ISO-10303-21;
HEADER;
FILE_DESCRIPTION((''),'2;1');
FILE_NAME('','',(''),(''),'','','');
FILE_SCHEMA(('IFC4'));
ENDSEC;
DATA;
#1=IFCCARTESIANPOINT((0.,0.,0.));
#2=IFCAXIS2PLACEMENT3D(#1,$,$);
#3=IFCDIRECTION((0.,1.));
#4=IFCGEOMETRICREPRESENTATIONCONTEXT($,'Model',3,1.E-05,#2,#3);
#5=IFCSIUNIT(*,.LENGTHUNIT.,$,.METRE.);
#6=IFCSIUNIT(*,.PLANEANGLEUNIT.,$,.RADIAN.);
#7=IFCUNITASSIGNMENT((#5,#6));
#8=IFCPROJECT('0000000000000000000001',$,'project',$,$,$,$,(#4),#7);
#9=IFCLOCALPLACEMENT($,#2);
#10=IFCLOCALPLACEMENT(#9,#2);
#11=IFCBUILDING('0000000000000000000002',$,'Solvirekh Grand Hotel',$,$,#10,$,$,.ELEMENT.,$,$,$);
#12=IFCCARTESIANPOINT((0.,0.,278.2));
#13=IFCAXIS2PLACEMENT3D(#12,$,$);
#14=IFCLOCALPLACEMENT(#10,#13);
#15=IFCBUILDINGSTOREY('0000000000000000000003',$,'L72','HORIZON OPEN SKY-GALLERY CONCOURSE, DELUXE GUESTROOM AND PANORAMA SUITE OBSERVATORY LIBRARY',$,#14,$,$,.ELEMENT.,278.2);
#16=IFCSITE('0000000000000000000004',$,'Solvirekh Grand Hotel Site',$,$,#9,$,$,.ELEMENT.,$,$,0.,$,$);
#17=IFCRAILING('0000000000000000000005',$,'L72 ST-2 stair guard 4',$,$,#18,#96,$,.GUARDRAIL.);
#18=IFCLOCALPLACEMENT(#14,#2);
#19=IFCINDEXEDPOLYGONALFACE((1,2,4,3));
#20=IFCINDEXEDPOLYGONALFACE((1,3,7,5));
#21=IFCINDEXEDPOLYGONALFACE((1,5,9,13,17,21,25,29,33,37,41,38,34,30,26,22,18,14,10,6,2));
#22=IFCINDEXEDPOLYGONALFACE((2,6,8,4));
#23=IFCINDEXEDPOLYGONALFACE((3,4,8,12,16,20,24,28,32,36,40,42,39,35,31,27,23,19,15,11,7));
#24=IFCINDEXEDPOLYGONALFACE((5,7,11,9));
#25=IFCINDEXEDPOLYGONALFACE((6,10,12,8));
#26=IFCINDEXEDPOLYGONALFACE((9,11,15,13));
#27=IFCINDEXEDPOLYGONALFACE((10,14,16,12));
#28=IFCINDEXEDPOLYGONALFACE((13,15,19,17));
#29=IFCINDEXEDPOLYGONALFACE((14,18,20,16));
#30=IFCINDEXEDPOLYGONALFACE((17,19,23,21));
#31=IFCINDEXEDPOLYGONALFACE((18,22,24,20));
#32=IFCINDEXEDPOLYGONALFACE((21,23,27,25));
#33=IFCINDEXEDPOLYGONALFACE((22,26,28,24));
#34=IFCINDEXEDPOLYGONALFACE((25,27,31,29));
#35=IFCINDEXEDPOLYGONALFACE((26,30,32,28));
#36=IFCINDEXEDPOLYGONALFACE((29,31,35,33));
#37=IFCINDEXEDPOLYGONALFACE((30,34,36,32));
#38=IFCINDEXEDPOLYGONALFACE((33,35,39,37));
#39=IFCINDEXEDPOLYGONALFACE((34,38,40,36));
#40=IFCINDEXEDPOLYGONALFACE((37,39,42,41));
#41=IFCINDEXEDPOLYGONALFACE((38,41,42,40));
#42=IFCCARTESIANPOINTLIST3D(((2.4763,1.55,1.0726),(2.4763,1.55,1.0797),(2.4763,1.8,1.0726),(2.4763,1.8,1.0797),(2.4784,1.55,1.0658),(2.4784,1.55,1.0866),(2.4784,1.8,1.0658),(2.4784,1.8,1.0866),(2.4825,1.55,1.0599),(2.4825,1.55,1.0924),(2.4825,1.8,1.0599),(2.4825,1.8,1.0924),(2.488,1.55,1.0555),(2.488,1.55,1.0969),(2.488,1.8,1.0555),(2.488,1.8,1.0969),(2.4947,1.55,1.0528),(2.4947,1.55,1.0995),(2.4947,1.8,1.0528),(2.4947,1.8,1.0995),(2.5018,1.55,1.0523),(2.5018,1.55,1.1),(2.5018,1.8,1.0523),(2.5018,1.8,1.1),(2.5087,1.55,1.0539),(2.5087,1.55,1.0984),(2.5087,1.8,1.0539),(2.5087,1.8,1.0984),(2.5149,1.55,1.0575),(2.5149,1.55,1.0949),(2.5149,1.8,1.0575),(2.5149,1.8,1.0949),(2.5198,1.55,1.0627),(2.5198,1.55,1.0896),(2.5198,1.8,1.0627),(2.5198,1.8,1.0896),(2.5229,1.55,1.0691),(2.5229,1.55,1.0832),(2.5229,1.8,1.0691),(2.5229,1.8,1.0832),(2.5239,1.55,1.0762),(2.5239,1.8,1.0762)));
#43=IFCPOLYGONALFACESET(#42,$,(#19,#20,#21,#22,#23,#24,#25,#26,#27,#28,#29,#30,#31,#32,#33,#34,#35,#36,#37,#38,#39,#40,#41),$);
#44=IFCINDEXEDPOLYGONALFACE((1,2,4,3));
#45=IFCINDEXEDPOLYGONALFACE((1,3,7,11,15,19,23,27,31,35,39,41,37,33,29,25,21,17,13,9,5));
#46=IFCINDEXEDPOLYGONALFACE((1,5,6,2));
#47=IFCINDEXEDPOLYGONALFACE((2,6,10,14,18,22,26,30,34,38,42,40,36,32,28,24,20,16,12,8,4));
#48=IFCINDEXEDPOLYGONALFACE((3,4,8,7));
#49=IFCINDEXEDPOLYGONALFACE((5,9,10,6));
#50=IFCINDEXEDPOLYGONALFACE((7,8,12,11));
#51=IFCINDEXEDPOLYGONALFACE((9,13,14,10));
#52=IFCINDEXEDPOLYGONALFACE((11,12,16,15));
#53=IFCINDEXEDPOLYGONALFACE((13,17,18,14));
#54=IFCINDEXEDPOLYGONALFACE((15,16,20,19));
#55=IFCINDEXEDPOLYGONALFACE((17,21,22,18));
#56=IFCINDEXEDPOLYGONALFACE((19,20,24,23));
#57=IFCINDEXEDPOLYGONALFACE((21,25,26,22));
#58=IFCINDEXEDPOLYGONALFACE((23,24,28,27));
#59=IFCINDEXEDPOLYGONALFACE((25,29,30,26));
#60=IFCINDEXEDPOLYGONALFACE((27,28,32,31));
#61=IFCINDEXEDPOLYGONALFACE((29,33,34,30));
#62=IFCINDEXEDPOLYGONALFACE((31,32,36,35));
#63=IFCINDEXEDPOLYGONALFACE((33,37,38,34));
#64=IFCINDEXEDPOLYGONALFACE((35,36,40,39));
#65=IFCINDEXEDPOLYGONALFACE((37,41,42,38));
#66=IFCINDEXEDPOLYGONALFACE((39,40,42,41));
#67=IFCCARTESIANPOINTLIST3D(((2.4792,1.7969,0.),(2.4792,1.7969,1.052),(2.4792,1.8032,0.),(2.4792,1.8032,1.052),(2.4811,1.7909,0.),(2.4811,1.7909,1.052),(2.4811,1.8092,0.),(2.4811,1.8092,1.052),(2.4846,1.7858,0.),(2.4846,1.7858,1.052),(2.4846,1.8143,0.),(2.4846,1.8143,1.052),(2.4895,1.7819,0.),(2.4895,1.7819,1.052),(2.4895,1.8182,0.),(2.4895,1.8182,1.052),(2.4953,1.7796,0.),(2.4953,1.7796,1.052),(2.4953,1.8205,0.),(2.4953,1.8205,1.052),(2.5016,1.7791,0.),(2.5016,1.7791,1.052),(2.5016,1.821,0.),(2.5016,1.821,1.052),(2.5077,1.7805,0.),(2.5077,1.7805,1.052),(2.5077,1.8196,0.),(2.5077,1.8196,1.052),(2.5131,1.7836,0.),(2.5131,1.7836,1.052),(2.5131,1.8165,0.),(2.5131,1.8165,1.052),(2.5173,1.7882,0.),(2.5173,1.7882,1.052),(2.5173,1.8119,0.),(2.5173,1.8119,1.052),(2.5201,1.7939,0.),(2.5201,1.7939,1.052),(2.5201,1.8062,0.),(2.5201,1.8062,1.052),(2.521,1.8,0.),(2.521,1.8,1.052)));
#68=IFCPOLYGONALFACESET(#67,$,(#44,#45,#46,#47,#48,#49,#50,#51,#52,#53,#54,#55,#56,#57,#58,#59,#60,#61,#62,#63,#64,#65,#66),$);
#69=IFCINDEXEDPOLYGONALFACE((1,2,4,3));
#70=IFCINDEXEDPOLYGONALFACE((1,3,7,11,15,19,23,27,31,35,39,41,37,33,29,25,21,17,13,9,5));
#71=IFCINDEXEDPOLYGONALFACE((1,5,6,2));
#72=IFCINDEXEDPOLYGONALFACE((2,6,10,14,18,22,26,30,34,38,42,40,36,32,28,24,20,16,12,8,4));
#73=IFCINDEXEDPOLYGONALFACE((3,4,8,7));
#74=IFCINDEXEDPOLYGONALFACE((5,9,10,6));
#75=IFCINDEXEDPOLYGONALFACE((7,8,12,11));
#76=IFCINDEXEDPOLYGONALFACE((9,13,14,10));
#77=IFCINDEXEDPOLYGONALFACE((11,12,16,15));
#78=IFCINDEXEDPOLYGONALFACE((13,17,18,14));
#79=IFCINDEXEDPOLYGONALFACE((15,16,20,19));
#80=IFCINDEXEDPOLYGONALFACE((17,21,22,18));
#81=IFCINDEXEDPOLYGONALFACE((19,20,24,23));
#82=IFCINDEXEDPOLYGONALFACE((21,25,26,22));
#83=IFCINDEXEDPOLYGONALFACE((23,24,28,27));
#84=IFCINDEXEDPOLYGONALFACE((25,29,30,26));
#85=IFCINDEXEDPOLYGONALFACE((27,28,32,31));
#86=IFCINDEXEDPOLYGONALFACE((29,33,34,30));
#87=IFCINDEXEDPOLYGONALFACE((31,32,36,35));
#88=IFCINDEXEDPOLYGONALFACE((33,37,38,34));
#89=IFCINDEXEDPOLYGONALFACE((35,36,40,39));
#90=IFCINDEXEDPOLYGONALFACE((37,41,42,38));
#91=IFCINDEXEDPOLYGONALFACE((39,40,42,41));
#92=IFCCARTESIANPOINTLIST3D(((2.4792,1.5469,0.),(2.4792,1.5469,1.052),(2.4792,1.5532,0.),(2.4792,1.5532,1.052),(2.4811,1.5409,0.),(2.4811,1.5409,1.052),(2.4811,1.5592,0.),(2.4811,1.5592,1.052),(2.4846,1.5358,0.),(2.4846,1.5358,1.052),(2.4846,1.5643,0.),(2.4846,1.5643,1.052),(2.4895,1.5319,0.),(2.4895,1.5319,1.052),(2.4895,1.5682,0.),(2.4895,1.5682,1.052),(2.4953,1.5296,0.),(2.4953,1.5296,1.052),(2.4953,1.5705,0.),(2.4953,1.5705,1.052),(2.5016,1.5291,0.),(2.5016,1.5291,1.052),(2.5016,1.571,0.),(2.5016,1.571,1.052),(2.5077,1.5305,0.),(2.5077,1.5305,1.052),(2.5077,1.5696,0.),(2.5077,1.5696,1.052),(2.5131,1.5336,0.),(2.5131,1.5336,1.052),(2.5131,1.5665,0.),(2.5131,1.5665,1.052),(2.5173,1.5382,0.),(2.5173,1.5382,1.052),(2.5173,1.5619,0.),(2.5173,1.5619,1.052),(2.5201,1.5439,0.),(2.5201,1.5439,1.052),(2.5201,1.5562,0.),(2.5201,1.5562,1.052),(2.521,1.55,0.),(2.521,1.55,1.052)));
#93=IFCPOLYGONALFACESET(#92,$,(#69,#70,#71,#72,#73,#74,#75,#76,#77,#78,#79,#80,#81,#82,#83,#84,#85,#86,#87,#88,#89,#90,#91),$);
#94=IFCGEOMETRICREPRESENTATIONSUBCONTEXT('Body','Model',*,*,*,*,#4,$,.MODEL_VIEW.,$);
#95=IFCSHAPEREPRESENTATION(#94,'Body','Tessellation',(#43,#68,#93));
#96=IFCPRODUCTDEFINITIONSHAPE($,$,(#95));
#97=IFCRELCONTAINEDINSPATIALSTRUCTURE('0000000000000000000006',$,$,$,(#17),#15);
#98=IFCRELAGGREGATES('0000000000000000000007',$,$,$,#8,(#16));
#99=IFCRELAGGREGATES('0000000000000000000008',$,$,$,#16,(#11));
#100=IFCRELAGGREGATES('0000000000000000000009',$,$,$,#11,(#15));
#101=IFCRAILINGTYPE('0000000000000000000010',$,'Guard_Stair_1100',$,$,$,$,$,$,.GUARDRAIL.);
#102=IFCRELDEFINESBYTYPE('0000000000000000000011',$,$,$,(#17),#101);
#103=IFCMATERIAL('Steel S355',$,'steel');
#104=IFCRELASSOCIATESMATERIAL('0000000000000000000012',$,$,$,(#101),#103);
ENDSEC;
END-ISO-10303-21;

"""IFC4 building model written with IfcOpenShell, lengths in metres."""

from ifc_helpers import new_model, si_unit, direction, frame, origin, origin_2d, place, context, subcontext, project, spatial, circle, extrude, material, type_object, element, save


model = new_model("IFC4")

# Units and contexts
model_context = context("Model", 3, precision=1e-05, world=origin(), true_north=direction((0.0, 1.0)))
body_context = subcontext(model_context, "Body", "Model", "MODEL_VIEW")
ifc_project = project(units=[si_unit("LENGTHUNIT", "METRE"), si_unit("PLANEANGLEUNIT", "RADIAN")], contexts=[model_context])

# Site, building, storey
site_placement = place(None, origin())
site = spatial("IfcSite", under=ifc_project, at=site_placement, Name="Solvirekh Grand Hotel Site", CompositionType="ELEMENT", RefElevation=0.0)
building_placement = place(site_placement, origin())
building = spatial("IfcBuilding", under=site, at=building_placement, Name="Solvirekh Grand Hotel", CompositionType="ELEMENT")
storey_placement = place(building_placement, frame((0.0, 0.0, 278.2)))
storey = spatial("IfcBuildingStorey", under=building, at=storey_placement, Name="L72", Description="HORIZON OPEN SKY-GALLERY CONCOURSE, DELUXE GUESTROOM AND PANORAMA SUITE OBSERVATORY LIBRARY", CompositionType="ELEMENT", Elevation=278.2)

# Shared definitions
ifc_material_1 = material(Name="Steel S355", Category="steel")

# Railing
railing_type_1 = type_object("IfcRailingType", Name="Guard_Stair_1100", PredefinedType="GUARDRAIL", material=ifc_material_1)
railing_1_placement = place(storey_placement, frame((2.5, 1.8, 0.0)))
element("IfcRailing", 1, at=railing_1_placement, inside=storey, type_object=railing_type_1, Name="L72 ST-2 stair guard 4", PredefinedType="GUARDRAIL", context=body_context, shape_type="SweptSolid", body=[
    extrude(circle(Radius=0.0239, at=origin_2d()), frame((0.0, 0.0, 1.0762), z_axis=(0.0, -1.0, 0.0), x_axis=(1.0, 0.0, 0.0)), (0.0, 0.0, 1.0), 0.25),
    extrude(circle(Radius=0.021, at=origin_2d()), origin(), (0.0, 0.0, 1.0), 1.052),
    extrude(circle(Radius=0.021, at=origin_2d()), frame((0.0, -0.25, 0.0)), (0.0, 0.0, 1.0), 1.052),
])

save(model, "model.ifc")
